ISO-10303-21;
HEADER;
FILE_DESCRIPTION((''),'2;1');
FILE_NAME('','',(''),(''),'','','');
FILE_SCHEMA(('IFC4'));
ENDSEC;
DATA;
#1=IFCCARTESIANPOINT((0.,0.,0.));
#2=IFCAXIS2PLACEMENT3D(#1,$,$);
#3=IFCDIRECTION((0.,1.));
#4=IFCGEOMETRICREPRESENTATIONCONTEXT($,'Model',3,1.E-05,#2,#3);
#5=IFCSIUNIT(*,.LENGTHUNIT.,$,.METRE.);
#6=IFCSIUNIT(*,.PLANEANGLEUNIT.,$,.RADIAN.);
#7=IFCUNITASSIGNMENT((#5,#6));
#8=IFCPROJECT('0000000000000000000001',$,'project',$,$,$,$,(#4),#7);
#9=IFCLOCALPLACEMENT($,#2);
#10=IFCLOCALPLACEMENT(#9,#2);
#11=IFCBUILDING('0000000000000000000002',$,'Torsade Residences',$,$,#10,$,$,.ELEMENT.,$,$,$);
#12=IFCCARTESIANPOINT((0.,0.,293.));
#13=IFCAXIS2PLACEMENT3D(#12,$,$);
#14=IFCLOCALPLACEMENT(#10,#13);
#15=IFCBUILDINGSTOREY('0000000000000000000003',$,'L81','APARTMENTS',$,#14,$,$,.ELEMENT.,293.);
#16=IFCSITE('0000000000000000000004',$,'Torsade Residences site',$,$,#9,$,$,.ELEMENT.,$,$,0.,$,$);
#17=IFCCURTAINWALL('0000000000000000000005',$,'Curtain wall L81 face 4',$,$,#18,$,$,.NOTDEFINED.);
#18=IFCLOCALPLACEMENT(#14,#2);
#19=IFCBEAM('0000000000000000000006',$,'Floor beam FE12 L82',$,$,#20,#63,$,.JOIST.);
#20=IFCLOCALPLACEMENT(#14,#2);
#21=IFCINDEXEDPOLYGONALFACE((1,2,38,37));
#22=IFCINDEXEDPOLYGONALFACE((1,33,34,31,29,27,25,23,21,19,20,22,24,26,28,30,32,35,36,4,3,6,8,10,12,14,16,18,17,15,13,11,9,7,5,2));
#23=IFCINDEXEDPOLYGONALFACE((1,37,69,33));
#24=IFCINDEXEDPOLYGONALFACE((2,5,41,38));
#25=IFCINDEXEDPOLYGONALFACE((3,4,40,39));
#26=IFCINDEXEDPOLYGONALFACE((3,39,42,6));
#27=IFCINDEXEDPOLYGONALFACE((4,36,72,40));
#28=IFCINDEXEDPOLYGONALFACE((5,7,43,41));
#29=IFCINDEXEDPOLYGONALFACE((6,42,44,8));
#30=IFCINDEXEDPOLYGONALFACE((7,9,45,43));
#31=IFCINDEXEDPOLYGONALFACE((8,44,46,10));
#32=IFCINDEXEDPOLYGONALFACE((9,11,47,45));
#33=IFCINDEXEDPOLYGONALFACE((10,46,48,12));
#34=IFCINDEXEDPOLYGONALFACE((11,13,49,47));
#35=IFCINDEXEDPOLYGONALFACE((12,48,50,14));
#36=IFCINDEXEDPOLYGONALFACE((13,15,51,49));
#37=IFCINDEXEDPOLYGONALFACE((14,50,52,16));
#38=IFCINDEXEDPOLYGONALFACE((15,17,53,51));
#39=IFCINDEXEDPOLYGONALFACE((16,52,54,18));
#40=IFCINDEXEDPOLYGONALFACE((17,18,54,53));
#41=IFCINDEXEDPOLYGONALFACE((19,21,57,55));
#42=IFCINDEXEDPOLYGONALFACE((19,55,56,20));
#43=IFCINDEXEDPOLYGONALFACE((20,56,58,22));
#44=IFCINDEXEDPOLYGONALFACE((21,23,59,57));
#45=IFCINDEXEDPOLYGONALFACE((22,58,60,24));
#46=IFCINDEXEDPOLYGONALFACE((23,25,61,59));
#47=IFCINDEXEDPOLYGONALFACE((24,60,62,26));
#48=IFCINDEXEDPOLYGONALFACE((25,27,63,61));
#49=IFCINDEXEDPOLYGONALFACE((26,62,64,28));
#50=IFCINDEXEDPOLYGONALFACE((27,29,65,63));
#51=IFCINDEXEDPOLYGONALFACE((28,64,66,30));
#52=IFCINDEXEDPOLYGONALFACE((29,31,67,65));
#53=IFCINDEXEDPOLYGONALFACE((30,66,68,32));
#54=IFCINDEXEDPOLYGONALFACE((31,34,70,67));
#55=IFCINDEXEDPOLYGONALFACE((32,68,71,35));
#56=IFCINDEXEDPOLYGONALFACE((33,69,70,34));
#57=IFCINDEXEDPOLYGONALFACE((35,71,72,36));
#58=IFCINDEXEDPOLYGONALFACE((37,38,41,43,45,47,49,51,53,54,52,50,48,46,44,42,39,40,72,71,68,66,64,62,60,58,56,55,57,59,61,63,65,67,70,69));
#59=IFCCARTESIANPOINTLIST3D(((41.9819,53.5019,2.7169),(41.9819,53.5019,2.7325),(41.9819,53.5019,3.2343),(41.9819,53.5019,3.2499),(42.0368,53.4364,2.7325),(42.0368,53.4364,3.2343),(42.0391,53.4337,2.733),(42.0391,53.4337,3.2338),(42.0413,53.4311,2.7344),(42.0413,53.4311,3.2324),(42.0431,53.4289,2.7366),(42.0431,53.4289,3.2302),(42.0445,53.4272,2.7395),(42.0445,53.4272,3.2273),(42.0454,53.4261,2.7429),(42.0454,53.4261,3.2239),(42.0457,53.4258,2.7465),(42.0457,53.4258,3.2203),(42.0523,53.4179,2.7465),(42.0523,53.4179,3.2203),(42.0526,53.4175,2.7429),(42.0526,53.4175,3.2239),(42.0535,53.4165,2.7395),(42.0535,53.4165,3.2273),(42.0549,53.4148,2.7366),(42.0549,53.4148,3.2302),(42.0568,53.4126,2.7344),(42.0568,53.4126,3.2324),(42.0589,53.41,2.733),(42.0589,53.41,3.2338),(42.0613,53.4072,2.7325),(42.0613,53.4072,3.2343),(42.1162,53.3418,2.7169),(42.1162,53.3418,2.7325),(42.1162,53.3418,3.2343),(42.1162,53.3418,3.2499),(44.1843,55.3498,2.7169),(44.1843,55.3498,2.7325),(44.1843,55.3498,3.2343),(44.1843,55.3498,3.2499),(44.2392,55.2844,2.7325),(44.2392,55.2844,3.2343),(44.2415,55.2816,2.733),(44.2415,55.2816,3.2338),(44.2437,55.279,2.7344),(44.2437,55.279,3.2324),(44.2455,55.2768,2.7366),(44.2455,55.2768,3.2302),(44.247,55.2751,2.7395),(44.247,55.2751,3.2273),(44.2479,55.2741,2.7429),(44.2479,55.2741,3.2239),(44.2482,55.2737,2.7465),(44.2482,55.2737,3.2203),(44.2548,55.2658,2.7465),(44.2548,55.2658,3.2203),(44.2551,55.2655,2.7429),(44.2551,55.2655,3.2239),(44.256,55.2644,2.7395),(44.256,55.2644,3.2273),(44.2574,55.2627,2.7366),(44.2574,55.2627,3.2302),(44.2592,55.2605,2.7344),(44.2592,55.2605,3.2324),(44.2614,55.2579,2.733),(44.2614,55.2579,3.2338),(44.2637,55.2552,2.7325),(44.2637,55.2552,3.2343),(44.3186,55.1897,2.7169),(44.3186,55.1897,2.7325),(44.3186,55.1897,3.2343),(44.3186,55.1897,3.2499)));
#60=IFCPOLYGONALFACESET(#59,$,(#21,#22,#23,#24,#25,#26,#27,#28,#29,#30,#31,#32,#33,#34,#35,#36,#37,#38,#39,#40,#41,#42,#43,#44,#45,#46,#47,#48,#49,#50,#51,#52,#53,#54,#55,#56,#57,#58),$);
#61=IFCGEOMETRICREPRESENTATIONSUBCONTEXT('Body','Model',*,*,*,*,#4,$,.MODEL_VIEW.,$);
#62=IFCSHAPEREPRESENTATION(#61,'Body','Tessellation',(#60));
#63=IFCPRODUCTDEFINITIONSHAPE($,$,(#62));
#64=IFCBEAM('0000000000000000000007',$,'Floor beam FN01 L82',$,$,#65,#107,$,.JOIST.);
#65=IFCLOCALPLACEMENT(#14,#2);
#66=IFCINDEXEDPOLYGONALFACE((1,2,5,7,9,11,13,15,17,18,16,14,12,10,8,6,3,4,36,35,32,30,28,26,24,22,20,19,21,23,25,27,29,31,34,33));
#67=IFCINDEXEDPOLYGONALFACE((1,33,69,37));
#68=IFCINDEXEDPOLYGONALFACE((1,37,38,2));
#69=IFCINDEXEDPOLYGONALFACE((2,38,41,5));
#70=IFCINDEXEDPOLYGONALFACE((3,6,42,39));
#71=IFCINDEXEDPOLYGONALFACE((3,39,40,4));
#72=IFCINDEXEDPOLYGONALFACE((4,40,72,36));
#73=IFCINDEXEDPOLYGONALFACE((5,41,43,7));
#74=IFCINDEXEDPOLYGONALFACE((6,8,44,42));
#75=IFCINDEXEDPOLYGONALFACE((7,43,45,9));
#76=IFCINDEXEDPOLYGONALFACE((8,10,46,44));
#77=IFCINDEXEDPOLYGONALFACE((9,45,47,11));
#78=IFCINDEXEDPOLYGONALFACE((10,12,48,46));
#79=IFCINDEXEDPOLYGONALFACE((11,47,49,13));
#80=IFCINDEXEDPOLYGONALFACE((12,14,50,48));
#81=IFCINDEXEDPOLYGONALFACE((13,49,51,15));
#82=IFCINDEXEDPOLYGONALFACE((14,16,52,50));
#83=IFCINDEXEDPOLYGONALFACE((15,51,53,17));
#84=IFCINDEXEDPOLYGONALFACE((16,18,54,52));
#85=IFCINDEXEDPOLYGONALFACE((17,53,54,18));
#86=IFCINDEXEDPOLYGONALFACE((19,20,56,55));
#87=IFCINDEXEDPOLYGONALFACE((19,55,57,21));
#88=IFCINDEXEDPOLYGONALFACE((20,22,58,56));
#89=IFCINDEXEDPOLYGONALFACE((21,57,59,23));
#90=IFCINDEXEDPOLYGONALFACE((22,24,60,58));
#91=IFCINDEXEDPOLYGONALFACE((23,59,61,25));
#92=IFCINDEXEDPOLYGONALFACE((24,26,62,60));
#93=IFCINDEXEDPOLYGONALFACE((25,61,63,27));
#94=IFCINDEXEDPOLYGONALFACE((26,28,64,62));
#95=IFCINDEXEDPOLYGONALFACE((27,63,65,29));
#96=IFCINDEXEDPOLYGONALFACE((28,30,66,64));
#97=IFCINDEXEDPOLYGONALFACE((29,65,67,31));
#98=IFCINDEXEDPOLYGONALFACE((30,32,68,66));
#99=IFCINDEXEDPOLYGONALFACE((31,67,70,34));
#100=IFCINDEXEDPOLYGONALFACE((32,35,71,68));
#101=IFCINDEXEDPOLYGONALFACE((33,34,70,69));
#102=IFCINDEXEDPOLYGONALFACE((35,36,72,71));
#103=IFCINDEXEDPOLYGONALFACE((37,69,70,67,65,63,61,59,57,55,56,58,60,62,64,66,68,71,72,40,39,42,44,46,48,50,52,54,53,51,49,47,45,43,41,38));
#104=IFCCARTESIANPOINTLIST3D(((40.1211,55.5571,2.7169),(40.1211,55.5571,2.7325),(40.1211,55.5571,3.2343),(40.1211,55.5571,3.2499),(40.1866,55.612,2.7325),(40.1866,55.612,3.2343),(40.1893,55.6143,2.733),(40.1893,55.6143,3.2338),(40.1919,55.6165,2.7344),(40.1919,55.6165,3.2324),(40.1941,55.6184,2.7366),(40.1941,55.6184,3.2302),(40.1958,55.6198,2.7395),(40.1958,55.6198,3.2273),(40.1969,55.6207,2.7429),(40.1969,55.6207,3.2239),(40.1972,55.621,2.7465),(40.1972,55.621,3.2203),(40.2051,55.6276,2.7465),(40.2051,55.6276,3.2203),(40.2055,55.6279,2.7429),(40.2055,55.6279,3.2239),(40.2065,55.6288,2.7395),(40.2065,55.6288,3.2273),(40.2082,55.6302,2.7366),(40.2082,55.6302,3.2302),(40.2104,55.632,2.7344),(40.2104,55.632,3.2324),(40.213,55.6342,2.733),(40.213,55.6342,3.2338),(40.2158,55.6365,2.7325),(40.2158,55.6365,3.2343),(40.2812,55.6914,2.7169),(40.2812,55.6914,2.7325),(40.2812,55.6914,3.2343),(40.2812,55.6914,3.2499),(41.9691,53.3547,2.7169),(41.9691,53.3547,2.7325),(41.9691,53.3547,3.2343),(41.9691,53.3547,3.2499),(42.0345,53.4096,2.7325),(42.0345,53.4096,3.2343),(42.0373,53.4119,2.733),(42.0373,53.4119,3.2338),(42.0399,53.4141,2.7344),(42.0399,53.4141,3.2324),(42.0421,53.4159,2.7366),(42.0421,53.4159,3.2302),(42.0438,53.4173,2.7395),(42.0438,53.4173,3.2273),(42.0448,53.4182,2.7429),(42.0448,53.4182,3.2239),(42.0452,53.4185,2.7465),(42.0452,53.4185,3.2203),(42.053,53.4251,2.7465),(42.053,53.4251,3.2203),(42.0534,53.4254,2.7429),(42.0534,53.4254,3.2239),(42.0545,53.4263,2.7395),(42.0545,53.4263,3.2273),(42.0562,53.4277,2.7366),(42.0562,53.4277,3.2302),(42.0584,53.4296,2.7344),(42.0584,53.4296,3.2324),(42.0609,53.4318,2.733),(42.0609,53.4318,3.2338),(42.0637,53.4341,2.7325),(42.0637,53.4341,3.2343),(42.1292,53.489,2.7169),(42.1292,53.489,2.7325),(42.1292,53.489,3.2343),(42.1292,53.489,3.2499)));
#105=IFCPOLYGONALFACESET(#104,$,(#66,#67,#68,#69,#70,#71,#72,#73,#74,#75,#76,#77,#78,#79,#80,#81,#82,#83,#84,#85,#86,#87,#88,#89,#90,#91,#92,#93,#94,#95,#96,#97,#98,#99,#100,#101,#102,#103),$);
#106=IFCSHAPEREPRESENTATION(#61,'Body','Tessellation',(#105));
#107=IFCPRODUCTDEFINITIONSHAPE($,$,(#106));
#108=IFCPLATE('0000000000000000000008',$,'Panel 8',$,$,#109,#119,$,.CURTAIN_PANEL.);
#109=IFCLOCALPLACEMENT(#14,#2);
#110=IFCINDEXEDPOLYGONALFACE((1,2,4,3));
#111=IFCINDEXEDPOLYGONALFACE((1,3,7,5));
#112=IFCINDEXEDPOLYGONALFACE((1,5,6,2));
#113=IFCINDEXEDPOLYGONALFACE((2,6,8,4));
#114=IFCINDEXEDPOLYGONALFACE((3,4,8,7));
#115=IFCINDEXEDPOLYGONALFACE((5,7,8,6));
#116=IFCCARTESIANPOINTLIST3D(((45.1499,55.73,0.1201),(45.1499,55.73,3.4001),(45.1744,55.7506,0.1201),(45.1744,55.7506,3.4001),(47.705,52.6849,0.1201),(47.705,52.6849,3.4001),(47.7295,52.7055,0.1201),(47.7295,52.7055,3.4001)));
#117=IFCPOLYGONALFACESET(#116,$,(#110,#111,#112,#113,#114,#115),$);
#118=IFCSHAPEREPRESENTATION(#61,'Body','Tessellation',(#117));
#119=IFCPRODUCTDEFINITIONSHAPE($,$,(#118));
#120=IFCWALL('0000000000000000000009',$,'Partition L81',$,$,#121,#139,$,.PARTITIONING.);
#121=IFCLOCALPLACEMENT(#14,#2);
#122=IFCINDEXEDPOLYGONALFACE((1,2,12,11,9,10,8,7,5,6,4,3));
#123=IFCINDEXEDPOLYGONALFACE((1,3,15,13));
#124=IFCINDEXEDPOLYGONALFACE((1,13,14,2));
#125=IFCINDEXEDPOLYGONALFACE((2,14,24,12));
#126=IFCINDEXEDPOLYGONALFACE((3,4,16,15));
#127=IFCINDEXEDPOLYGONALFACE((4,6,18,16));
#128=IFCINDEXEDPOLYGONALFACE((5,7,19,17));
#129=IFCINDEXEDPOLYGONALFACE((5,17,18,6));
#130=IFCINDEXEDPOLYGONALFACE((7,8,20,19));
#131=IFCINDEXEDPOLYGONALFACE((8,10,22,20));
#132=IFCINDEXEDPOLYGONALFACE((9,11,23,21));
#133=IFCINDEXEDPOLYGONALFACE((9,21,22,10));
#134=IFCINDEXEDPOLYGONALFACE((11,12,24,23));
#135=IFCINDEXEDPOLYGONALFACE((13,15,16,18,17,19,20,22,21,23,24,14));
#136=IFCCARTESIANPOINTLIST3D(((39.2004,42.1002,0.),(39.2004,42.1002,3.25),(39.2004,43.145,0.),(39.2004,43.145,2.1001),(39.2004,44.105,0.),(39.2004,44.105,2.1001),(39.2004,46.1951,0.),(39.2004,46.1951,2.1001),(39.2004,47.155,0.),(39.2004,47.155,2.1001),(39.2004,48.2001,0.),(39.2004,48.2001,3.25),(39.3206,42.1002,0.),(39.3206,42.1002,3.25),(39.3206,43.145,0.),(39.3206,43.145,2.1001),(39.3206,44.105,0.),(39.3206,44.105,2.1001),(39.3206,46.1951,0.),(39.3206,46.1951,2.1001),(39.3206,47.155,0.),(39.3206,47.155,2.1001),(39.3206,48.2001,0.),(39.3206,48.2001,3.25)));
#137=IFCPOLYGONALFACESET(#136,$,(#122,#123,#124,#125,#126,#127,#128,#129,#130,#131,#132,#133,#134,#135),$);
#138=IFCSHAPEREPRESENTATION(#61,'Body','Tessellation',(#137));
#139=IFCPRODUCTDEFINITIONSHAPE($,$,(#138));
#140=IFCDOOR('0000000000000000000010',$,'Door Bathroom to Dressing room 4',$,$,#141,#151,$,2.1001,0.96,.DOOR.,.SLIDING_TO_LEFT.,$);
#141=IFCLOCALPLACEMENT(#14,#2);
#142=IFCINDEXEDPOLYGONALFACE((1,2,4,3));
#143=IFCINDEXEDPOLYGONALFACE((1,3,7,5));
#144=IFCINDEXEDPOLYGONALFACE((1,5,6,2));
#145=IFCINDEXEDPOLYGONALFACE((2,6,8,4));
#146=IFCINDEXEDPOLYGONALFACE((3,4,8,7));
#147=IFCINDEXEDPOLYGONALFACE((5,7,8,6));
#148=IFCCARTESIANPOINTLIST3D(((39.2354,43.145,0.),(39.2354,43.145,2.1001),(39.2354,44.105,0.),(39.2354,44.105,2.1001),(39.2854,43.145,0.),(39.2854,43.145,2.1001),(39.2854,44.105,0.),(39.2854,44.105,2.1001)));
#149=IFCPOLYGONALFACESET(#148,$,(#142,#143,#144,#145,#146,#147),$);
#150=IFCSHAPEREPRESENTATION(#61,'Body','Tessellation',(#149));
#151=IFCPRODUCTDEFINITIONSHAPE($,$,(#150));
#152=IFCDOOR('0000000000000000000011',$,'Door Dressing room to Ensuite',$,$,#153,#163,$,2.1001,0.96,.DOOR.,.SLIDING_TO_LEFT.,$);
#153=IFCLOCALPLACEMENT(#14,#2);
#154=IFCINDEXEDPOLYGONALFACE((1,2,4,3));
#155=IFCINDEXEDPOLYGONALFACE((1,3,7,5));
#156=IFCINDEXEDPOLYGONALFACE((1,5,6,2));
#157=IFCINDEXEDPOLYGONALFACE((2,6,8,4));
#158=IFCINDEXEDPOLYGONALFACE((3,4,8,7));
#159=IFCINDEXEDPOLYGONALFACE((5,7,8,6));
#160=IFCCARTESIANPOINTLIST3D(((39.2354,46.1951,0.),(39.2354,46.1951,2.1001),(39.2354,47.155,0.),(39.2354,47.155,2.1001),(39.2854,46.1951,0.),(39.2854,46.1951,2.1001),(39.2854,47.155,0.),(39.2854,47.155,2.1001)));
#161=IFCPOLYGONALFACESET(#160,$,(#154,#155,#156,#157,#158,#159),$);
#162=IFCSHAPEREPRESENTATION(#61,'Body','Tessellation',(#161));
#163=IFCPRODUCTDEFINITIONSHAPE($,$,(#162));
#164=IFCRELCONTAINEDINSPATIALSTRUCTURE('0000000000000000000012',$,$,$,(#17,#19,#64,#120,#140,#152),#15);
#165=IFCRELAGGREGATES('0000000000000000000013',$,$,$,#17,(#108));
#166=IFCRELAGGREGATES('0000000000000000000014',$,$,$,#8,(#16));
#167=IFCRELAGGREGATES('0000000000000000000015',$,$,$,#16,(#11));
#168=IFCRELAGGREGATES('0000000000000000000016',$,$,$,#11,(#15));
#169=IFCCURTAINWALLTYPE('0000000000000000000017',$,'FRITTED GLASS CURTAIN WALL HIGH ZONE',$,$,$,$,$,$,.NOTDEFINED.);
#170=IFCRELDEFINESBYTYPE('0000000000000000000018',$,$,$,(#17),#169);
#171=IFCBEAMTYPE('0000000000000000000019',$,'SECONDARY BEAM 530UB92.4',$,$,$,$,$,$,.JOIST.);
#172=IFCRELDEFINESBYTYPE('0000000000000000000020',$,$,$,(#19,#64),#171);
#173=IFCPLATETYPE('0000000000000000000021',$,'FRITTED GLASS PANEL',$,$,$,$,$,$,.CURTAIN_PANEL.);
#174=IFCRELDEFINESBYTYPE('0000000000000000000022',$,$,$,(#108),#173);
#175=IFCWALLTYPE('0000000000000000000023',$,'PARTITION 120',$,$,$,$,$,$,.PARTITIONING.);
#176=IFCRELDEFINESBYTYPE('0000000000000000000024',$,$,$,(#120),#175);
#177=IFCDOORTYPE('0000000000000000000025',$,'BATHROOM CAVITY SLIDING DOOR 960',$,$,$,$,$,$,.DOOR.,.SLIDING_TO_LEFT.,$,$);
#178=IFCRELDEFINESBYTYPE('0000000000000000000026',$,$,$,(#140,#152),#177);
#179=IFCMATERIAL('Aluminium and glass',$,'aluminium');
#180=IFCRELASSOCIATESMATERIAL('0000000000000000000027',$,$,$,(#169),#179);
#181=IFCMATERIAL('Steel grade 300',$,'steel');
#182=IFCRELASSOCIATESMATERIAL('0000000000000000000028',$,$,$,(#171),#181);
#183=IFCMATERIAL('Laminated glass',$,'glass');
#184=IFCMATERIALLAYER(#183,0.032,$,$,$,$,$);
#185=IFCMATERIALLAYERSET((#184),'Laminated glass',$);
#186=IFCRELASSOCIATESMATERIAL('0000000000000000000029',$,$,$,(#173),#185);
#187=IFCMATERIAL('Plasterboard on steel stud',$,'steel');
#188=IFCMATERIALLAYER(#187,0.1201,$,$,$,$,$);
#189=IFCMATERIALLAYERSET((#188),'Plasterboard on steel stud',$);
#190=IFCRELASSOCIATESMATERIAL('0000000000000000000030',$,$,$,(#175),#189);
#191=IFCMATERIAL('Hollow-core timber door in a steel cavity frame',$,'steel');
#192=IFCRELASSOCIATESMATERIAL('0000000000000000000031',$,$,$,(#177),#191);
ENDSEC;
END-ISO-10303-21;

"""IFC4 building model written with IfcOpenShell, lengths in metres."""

from ifc_helpers import new_model, si_unit, direction, frame, frame_2d, origin, origin_2d, place, context, subcontext, project, spatial, rectangle, i_section, extrude, material, layer, layer_set, material_profile, profile_set, type_object, element, fill, aggregate, save


model = new_model("IFC4")

# Units and contexts
model_context = context("Model", 3, precision=1e-05, world=origin(), true_north=direction((0.0, 1.0)))
body_context = subcontext(model_context, "Body", "Model", "MODEL_VIEW")
ifc_project = project(units=[si_unit("LENGTHUNIT", "METRE"), si_unit("PLANEANGLEUNIT", "RADIAN")], contexts=[model_context])

# Site, building, storey
site_placement = place(None, origin())
site = spatial("IfcSite", under=ifc_project, at=site_placement, Name="Torsade Residences site", CompositionType="ELEMENT", RefElevation=0.0)
building_placement = place(site_placement, origin())
building = spatial("IfcBuilding", under=site, at=building_placement, Name="Torsade Residences", CompositionType="ELEMENT")
storey_placement = place(building_placement, frame((0.0, 0.0, 293.0)))
storey = spatial("IfcBuildingStorey", under=building, at=storey_placement, Name="L81", Description="APARTMENTS", CompositionType="ELEMENT", Elevation=293.0)

# Curtain wall
ifc_material_1 = material(Name="Aluminium and glass", Category="aluminium")
curtain_wall_type = type_object("IfcCurtainWallType", Name="FRITTED GLASS CURTAIN WALL HIGH ZONE", PredefinedType="NOTDEFINED", material=ifc_material_1)
curtain_wall_1_placement = place(storey_placement, origin())
curtain_wall_1 = element("IfcCurtainWall", 1, at=curtain_wall_1_placement, inside=storey, type_object=curtain_wall_type, Name="Curtain wall L81 face 4", PredefinedType="NOTDEFINED")

# Beams
ifc_material_2 = material(Name="Steel grade 300", Category="steel")
ifc_material_profile_1 = material_profile(ifc_material_2, i_section(OverallWidth=0.209, OverallDepth=0.533, WebThickness=0.0103, FlangeThickness=0.0156, FilletRadius=0.0139, at=origin_2d()), Name="530UB92.4")
ifc_profile_set_1 = profile_set([ifc_material_profile_1], Name="Steel grade 300")
beam_type_1 = type_object("IfcBeamType", Name="SECONDARY BEAM 530UB92.4", PredefinedType="JOIST", material=ifc_profile_set_1)
for number, where, z_axis, x_axis, name in (
    (2, (44.2515, 55.2698, 2.9834), (-0.766066, -0.642762, 0.0), (0.642762, -0.766066, 0.0), "Floor beam FE12 L82"),
    (3, (40.2012, 55.6243, 2.9834), (0.642762, -0.766066, 0.0), (0.766066, 0.642762, 0.0), "Floor beam FN01 L82"),
):
    element("IfcBeam", number, at=place(storey_placement, frame(where, z_axis=z_axis, x_axis=x_axis)), inside=storey, type_object=beam_type_1, Name=name, PredefinedType="JOIST", context=body_context, shape_type="SweptSolid", body=[
        extrude(i_section(OverallWidth=0.209, OverallDepth=0.533, WebThickness=0.0103, FlangeThickness=0.0156, FilletRadius=0.0139, at=origin_2d()), origin(), (0.0, 0.0, 1.0), 2.875),
    ])

# Plate
ifc_material_3 = material(Name="Laminated glass", Category="glass")
ifc_layer_1 = layer(ifc_material_3, 0.032)
ifc_layer_set_1 = layer_set([ifc_layer_1], Name="Laminated glass")
plate_type = type_object("IfcPlateType", Name="FRITTED GLASS PANEL", PredefinedType="CURTAIN_PANEL", material=ifc_layer_set_1)
plate_placement = place(storey_placement, frame((46.4397, 54.2178, 0.1201), z_axis=(0.0, 0.0, 1.0), x_axis=(-0.642788, 0.766044, 0.0)))
plate = element("IfcPlate", 4, at=plate_placement, type_object=plate_type, Name="Panel 8", PredefinedType="CURTAIN_PANEL", context=body_context, shape_type="SweptSolid", body=[
    extrude(rectangle(XDim=3.9751, YDim=0.032, at=origin_2d()), origin(), (0.0, 0.0, 1.0), 3.28),
])
aggregate(curtain_wall_1, [plate])

# Wall, openings, doors
ifc_material_4 = material(Name="Plasterboard on steel stud", Category="steel")
ifc_layer_2 = layer(ifc_material_4, 0.1201)
ifc_layer_set_2 = layer_set([ifc_layer_2], Name="Plasterboard on steel stud")
wall_type_1 = type_object("IfcWallType", Name="PARTITION 120", PredefinedType="PARTITIONING", material=ifc_layer_set_2)
wall_1_placement = place(storey_placement, frame((39.2605, 48.2, 0.0), z_axis=(0.0, 0.0, 1.0), x_axis=(0.0, -1.0, 0.0)))
wall_1 = element("IfcWall", 5, at=wall_1_placement, inside=storey, type_object=wall_type_1, Name="Partition L81", PredefinedType="PARTITIONING", context=body_context, shape_type="SweptSolid", body=[
    extrude(rectangle(XDim=6.0999, YDim=0.1201, at=frame_2d((3.0498, 0.0))), origin(), (0.0, 0.0, 1.0), 3.25),
])
opening_1_placement = place(wall_1_placement, frame((4.095, 0.0, 0.0)))
opening_1 = element("IfcOpeningElement", 6, at=opening_1_placement, cuts=wall_1, PredefinedType="OPENING", context=body_context, shape_type="SweptSolid", body=[
    extrude(rectangle(XDim=0.96, YDim=2.1001, at=frame_2d((0.48, 1.05))), frame((0.0, 0.0701, 0.0), z_axis=(0.0, -1.0, 0.0), x_axis=(1.0, 0.0, 0.0)), (0.0, 0.0, 1.0), 0.1401),
])
opening_2_placement = place(wall_1_placement, frame((1.0449, 0.0, 0.0)))
opening_2 = element("IfcOpeningElement", 7, at=opening_2_placement, cuts=wall_1, PredefinedType="OPENING", context=body_context, shape_type="SweptSolid", body=[
    extrude(rectangle(XDim=0.96, YDim=2.1001, at=frame_2d((0.48, 1.05))), frame((0.0, 0.0701, 0.0), z_axis=(0.0, -1.0, 0.0), x_axis=(1.0, 0.0, 0.0)), (0.0, 0.0, 1.0), 0.1401),
])
ifc_material_5 = material(Name="Hollow-core timber door in a steel cavity frame", Category="steel")
door_type_1 = type_object("IfcDoorType", Name="BATHROOM CAVITY SLIDING DOOR 960", OperationType="SLIDING_TO_LEFT", PredefinedType="DOOR", material=ifc_material_5)
door_1_placement = place(opening_1_placement, origin())
door_1 = element("IfcDoor", 8, at=door_1_placement, inside=storey, type_object=door_type_1, Name="Door Bathroom to Dressing room 4", OperationType="SLIDING_TO_LEFT", OverallHeight=2.1001, OverallWidth=0.96, PredefinedType="DOOR", context=body_context, shape_type="SweptSolid", body=[
    extrude(rectangle(XDim=0.96, YDim=2.1001, at=frame_2d((0.48, 1.05))), frame((0.0, 0.0249, 0.0), z_axis=(0.0, -1.0, 0.0), x_axis=(1.0, 0.0, 0.0)), (0.0, 0.0, 1.0), 0.05),
])
fill(opening_1, door_1)
door_2_placement = place(opening_2_placement, origin())
door_2 = element("IfcDoor", 9, at=door_2_placement, inside=storey, type_object=door_type_1, Name="Door Dressing room to Ensuite", OperationType="SLIDING_TO_LEFT", OverallHeight=2.1001, OverallWidth=0.96, PredefinedType="DOOR", context=body_context, shape_type="SweptSolid", body=[
    extrude(rectangle(XDim=0.96, YDim=2.1001, at=frame_2d((0.48, 1.05))), frame((0.0, 0.0249, 0.0), z_axis=(0.0, -1.0, 0.0), x_axis=(1.0, 0.0, 0.0)), (0.0, 0.0, 1.0), 0.05),
])
fill(opening_2, door_2)

save(model, "model.ifc")
